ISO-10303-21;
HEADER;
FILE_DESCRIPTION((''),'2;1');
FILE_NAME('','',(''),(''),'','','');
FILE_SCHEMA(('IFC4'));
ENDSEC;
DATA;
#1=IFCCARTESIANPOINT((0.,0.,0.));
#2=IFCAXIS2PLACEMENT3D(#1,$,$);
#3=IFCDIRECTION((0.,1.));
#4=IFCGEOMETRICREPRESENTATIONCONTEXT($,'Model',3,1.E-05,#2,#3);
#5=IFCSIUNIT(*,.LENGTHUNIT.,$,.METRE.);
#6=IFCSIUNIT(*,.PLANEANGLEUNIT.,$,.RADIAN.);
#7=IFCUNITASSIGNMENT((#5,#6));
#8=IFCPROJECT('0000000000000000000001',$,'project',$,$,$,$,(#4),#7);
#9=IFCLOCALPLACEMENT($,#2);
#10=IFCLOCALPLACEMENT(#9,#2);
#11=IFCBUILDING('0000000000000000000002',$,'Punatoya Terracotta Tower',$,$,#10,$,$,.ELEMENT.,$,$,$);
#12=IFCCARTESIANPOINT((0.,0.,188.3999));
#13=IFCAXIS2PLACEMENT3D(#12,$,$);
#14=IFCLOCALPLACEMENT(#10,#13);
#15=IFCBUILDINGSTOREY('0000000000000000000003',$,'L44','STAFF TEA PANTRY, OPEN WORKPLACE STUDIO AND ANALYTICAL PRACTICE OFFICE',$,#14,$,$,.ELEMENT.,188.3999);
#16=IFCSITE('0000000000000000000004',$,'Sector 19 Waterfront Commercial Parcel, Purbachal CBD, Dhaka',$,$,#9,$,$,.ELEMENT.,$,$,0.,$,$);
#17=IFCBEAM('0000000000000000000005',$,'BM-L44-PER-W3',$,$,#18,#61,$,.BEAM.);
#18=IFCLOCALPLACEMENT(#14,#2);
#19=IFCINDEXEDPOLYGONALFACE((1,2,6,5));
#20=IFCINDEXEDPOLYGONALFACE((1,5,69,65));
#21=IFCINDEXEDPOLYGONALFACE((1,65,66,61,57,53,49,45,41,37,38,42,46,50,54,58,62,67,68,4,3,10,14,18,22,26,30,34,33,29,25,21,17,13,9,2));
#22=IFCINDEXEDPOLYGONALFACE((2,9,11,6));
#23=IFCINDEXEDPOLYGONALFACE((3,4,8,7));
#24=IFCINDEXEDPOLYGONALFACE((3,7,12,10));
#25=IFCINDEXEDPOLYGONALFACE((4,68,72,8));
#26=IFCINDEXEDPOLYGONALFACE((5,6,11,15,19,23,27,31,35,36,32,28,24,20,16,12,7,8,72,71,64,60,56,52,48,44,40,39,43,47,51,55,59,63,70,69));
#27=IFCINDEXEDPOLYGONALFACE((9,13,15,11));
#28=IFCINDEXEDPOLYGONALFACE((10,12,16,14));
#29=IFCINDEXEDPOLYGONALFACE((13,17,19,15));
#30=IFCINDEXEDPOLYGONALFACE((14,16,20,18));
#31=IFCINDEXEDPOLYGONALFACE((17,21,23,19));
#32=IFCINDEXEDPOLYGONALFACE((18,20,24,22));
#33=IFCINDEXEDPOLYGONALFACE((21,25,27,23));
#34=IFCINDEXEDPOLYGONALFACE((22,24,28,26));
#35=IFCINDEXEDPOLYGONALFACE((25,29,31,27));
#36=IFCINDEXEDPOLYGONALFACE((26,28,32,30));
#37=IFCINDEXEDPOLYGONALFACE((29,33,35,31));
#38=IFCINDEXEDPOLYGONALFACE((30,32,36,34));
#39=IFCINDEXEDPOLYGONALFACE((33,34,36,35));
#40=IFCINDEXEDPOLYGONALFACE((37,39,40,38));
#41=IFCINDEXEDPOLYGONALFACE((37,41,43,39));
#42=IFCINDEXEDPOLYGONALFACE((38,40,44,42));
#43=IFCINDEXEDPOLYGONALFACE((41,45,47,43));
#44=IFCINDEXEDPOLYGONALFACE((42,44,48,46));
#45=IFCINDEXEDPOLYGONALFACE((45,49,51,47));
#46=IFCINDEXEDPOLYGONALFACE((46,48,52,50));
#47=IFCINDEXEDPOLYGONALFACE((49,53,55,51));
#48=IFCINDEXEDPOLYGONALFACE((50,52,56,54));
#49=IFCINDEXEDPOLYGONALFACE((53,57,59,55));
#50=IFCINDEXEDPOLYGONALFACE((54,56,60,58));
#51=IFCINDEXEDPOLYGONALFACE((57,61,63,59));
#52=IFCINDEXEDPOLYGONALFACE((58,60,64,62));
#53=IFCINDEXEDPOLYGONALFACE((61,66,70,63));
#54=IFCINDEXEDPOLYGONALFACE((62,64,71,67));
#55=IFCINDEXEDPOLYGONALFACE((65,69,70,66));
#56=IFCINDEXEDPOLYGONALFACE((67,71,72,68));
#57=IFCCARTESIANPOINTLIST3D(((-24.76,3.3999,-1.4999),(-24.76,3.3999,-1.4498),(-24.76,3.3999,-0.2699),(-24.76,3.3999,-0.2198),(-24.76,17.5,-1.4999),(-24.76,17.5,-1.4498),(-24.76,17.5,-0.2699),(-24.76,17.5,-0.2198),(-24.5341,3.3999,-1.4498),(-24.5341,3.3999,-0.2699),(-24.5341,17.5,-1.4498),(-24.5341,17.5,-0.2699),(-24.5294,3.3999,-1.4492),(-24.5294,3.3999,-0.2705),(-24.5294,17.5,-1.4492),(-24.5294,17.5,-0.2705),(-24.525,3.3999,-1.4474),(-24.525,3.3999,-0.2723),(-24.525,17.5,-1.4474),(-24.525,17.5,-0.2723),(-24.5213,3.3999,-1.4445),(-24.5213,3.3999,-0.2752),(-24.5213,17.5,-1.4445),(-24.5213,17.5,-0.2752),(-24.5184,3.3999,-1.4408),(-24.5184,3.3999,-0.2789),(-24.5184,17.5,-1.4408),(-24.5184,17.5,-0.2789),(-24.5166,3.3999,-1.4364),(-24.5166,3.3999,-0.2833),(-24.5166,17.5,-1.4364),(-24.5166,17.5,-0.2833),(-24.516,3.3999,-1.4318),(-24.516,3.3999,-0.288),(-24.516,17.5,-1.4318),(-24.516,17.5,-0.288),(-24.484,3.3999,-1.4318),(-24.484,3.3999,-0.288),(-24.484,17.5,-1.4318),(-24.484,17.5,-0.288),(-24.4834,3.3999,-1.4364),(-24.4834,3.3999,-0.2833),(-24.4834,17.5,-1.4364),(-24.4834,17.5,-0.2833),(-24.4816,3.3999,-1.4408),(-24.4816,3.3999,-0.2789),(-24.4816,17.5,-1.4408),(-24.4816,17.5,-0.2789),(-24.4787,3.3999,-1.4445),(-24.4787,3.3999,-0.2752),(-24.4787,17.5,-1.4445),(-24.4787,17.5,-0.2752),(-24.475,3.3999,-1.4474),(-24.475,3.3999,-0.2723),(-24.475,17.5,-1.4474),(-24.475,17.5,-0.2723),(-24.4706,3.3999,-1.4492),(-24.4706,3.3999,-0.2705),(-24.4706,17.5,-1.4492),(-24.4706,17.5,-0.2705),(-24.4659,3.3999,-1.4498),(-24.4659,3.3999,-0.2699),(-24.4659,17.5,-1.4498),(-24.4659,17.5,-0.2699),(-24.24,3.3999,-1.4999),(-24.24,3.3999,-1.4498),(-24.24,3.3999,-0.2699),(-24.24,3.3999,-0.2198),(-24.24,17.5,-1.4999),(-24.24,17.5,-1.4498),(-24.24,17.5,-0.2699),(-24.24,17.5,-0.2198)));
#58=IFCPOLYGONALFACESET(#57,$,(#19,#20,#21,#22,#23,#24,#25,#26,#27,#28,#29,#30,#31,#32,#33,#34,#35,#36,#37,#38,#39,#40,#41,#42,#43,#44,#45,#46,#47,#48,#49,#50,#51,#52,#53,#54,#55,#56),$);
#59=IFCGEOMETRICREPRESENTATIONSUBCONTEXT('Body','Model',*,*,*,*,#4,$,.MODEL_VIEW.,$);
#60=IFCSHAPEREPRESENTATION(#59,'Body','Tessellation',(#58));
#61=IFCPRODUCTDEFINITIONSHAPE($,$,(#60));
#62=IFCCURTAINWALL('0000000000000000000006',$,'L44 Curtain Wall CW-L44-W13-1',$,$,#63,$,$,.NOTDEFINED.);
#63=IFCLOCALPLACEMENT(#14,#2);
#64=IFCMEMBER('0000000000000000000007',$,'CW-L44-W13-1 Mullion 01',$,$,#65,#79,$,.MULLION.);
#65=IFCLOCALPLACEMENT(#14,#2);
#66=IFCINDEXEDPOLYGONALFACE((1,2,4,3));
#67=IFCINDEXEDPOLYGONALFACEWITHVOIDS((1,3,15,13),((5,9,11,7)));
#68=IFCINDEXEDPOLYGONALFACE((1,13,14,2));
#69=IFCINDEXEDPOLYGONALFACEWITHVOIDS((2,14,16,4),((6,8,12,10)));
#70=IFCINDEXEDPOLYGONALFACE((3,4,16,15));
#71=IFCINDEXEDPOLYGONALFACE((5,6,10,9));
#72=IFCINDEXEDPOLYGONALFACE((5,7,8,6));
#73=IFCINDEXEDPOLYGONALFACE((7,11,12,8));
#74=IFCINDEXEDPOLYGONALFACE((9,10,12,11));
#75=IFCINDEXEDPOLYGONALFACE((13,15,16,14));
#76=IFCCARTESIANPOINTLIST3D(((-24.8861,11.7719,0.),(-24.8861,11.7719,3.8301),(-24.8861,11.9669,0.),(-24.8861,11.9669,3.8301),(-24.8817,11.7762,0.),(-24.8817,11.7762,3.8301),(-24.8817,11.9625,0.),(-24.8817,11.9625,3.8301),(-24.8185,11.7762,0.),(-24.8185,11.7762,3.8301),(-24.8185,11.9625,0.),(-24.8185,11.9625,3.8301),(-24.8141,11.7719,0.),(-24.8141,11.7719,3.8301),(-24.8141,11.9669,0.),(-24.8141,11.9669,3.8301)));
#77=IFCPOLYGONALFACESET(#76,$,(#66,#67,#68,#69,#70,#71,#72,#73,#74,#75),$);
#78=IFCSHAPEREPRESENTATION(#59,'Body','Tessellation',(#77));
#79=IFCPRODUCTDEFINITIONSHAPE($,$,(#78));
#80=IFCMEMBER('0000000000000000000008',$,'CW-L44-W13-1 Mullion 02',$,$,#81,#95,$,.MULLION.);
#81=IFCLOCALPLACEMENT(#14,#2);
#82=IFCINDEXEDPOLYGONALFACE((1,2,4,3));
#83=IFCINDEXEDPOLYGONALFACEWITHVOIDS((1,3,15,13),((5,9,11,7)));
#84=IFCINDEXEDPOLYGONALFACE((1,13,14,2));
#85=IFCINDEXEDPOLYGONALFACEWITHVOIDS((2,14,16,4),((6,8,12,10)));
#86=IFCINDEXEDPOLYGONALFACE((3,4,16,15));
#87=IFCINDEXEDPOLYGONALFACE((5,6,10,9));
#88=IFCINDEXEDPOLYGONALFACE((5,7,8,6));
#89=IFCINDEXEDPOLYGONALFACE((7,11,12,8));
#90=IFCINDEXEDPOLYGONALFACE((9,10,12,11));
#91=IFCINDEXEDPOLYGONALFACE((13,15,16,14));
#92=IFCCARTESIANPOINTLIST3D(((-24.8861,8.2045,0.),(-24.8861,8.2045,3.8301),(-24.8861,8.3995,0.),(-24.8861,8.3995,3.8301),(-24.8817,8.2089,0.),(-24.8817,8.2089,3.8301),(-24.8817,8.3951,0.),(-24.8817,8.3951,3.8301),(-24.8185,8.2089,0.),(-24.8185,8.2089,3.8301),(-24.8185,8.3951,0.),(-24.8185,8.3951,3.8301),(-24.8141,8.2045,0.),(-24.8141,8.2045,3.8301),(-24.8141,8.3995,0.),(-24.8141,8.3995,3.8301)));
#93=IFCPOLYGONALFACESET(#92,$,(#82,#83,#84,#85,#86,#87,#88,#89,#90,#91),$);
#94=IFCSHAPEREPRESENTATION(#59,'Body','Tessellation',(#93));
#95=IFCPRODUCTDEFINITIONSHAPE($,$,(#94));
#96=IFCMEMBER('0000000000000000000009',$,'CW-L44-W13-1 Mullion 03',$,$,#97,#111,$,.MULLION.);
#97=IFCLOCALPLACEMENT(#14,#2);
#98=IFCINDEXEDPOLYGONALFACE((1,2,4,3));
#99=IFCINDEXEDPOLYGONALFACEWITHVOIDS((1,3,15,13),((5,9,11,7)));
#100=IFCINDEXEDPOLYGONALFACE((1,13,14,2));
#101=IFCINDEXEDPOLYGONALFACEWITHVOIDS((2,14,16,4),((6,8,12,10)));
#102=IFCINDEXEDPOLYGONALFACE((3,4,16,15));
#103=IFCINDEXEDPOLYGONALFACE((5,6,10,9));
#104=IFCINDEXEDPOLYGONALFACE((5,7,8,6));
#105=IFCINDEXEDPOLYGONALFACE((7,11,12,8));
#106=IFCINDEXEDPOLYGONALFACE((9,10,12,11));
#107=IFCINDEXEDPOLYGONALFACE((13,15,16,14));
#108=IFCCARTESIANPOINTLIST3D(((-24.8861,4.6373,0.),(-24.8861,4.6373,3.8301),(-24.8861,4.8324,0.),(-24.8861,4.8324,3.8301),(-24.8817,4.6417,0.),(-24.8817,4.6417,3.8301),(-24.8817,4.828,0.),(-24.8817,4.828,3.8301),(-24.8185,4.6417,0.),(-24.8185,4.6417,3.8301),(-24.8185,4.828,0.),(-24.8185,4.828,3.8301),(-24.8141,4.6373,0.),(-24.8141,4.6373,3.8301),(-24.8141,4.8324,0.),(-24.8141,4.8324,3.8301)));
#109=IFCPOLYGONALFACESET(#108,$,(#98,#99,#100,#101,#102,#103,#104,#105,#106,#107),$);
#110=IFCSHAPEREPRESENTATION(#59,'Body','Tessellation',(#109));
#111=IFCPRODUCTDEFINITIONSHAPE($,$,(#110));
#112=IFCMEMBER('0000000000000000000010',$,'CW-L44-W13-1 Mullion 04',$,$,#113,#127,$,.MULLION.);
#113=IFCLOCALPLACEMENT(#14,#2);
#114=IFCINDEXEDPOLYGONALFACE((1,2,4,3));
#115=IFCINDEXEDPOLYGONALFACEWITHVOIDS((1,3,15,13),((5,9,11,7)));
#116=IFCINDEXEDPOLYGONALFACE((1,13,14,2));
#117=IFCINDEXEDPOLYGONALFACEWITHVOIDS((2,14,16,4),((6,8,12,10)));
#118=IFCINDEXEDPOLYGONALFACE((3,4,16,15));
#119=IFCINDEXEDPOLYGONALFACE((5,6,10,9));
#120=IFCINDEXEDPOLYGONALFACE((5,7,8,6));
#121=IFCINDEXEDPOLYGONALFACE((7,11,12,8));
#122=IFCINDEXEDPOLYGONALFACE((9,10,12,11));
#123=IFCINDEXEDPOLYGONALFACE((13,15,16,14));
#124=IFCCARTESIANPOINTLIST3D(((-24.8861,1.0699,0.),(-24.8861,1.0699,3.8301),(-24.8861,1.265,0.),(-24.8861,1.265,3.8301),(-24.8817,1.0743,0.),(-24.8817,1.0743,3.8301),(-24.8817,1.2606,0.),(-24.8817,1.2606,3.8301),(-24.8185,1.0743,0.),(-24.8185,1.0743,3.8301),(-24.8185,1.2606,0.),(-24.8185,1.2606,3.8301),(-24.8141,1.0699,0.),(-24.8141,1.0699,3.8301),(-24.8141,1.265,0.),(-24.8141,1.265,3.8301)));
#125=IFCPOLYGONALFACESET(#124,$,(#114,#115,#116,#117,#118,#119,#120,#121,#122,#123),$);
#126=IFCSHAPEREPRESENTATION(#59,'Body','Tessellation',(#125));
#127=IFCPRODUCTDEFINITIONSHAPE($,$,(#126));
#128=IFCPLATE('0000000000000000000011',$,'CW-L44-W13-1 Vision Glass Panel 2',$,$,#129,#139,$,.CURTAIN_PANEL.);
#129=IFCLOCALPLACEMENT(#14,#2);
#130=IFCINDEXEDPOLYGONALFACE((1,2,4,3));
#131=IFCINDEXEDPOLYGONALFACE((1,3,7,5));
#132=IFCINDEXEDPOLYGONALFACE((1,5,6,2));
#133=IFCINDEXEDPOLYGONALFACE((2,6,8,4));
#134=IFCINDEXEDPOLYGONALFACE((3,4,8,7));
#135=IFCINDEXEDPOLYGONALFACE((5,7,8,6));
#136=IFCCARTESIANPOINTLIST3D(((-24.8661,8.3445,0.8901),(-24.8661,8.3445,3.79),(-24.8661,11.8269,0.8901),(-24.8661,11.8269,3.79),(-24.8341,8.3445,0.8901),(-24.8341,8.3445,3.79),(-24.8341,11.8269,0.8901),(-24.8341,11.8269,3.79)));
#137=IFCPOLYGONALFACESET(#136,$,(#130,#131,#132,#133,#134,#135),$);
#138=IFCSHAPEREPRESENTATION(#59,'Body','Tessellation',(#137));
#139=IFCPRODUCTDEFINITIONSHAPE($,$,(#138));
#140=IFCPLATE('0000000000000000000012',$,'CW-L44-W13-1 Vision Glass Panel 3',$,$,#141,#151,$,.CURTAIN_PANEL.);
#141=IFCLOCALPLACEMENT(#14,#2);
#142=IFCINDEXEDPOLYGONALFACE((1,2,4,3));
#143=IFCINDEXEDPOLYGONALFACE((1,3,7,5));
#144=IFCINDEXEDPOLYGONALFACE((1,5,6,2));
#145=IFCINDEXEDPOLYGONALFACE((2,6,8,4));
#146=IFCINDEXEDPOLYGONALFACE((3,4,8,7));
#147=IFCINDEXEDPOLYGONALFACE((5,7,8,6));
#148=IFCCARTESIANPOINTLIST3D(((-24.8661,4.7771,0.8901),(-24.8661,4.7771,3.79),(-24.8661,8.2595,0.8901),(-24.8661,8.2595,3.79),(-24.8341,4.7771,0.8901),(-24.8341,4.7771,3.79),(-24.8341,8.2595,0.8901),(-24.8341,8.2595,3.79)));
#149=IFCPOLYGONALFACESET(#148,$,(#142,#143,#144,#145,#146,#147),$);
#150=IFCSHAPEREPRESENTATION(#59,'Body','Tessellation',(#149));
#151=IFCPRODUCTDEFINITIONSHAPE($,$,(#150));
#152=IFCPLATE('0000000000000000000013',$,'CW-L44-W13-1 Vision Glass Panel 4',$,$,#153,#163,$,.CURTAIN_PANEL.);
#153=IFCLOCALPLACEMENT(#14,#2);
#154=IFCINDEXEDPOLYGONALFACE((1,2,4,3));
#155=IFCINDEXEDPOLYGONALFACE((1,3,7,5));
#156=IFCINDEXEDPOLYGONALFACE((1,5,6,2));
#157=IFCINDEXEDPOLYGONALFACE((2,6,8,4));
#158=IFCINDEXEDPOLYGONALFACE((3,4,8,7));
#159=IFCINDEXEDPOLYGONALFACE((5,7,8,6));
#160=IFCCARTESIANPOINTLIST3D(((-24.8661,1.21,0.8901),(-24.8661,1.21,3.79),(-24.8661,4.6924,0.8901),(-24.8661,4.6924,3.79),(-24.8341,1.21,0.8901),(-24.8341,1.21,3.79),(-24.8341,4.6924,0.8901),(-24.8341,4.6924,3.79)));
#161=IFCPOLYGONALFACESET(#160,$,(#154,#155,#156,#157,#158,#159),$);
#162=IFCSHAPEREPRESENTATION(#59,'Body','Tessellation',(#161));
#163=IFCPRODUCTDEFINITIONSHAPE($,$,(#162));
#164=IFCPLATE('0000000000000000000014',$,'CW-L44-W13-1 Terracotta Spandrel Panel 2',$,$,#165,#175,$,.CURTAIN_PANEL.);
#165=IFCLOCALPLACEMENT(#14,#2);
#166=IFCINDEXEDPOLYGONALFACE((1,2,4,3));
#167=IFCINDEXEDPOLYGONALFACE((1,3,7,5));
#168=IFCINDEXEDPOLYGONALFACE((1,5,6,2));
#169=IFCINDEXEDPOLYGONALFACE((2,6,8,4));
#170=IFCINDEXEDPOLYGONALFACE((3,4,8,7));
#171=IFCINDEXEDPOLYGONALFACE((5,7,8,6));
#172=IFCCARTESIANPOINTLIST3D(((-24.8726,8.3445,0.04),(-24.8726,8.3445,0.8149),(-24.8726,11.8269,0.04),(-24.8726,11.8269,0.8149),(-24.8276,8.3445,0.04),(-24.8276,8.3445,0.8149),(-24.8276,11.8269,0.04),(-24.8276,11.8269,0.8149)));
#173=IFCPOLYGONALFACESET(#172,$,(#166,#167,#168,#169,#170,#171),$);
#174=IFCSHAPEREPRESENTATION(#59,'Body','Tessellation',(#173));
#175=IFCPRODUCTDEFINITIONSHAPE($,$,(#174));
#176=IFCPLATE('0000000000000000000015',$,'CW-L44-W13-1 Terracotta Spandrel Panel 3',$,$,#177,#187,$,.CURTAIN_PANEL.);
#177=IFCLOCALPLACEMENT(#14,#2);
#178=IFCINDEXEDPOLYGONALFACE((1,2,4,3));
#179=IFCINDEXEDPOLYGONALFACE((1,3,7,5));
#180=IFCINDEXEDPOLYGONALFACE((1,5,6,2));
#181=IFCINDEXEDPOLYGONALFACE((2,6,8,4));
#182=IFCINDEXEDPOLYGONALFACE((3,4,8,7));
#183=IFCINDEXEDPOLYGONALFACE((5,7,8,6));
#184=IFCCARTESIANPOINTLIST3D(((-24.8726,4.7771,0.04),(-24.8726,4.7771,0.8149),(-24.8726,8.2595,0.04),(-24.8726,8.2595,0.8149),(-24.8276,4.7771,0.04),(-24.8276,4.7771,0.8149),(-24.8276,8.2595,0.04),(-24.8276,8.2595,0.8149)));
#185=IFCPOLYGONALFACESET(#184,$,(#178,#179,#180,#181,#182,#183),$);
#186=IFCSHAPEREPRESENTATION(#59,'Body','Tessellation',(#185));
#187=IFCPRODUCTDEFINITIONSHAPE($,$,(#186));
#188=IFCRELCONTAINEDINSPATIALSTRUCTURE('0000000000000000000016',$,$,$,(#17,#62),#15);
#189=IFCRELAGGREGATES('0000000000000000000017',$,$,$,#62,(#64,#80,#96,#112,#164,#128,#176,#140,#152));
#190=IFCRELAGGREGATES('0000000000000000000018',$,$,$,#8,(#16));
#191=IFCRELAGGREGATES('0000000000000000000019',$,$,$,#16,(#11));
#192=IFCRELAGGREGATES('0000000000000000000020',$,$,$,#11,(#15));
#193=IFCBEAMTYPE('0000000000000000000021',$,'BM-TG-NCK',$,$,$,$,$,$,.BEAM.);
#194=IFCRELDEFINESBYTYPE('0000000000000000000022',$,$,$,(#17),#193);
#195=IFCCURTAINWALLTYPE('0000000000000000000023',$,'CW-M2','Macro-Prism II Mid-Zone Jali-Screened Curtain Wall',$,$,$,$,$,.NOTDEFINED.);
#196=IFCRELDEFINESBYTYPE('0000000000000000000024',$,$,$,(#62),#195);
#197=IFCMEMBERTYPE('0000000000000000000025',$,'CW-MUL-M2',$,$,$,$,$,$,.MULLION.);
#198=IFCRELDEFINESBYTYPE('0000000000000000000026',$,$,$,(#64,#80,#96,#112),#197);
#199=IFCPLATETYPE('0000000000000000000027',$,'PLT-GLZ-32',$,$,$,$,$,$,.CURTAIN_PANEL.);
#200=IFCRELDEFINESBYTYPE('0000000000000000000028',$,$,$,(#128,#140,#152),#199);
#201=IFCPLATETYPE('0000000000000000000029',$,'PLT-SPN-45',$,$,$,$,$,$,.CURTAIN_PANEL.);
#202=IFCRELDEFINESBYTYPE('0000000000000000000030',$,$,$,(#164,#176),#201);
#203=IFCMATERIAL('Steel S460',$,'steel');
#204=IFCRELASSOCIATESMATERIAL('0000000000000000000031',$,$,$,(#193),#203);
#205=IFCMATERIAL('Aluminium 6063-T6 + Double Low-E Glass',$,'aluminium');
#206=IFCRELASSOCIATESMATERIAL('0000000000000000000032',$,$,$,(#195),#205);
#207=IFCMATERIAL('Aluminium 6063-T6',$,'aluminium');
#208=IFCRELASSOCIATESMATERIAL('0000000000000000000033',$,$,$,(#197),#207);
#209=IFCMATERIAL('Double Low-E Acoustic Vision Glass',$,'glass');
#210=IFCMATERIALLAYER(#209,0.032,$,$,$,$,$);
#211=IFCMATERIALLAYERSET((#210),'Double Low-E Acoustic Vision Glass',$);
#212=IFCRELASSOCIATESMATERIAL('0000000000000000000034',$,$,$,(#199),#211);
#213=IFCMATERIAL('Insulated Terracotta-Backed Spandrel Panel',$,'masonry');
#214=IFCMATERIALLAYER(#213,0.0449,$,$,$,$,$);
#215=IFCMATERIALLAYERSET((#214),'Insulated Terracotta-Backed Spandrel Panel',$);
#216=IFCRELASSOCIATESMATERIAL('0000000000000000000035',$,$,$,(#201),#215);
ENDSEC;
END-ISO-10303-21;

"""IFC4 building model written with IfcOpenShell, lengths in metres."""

from ifc_helpers import new_model, si_unit, direction, frame, origin, origin_2d, place, context, subcontext, project, spatial, rectangle, hollow_rectangle, i_section, extrude, material, layer, layer_set, material_profile, profile_set, type_object, element, aggregate, save


model = new_model("IFC4")

# Units and contexts
model_context = context("Model", 3, precision=1e-05, world=origin(), true_north=direction((0.0, 1.0)))
body_context = subcontext(model_context, "Body", "Model", "MODEL_VIEW")
ifc_project = project(units=[si_unit("LENGTHUNIT", "METRE"), si_unit("PLANEANGLEUNIT", "RADIAN")], contexts=[model_context])

# Site, building, storey
site_placement = place(None, origin())
site = spatial("IfcSite", under=ifc_project, at=site_placement, Name="Sector 19 Waterfront Commercial Parcel, Purbachal CBD, Dhaka", CompositionType="ELEMENT", RefElevation=0.0)
building_placement = place(site_placement, origin())
building = spatial("IfcBuilding", under=site, at=building_placement, Name="Punatoya Terracotta Tower", CompositionType="ELEMENT")
storey_placement = place(building_placement, frame((0.0, 0.0, 188.3999)))
storey = spatial("IfcBuildingStorey", under=building, at=storey_placement, Name="L44", Description="STAFF TEA PANTRY, OPEN WORKPLACE STUDIO AND ANALYTICAL PRACTICE OFFICE", CompositionType="ELEMENT", Elevation=188.3999)

# Shared definitions
ifc_material_1 = material(Name="Steel S460", Category="steel")

# Beam
ifc_material_profile_1 = material_profile(ifc_material_1, i_section(OverallWidth=0.52, OverallDepth=1.28, WebThickness=0.032, FlangeThickness=0.05, FilletRadius=0.0181, at=origin_2d()))
ifc_profile_set_1 = profile_set([ifc_material_profile_1], Name="Steel S460")
beam_type_1 = type_object("IfcBeamType", Name="BM-TG-NCK", PredefinedType="BEAM", material=ifc_profile_set_1)
beam_1_placement = place(storey_placement, frame((-24.5, 3.3999, -0.8599), z_axis=(0.0, 1.0, 0.0), x_axis=(-1.0, 0.0, 0.0)))
element("IfcBeam", 1, at=beam_1_placement, inside=storey, type_object=beam_type_1, Name="BM-L44-PER-W3", PredefinedType="BEAM", context=body_context, shape_type="SweptSolid", body=[
    extrude(i_section(OverallWidth=0.52, OverallDepth=1.28, WebThickness=0.032, FlangeThickness=0.05, FilletRadius=0.0181, at=origin_2d()), origin(), (0.0, 0.0, 1.0), 14.1001),
])

# Curtain wall, members, plates
ifc_material_2 = material(Name="Aluminium 6063-T6 + Double Low-E Glass", Category="aluminium")
curtain_wall_type = type_object("IfcCurtainWallType", Name="CW-M2", Description="Macro-Prism II Mid-Zone Jali-Screened Curtain Wall", PredefinedType="NOTDEFINED", material=ifc_material_2)
curtain_wall_placement = place(storey_placement, origin())
curtain_wall = element("IfcCurtainWall", 2, at=curtain_wall_placement, inside=storey, type_object=curtain_wall_type, Name="L44 Curtain Wall CW-L44-W13-1", PredefinedType="NOTDEFINED")
ifc_material_3 = material(Name="Aluminium 6063-T6", Category="aluminium")
ifc_material_profile_2 = material_profile(ifc_material_3, hollow_rectangle(XDim=0.072, YDim=0.1951, WallThickness=0.0044, at=origin_2d()))
ifc_profile_set_2 = profile_set([ifc_material_profile_2], Name="Aluminium 6063-T6")
member_type = type_object("IfcMemberType", Name="CW-MUL-M2", PredefinedType="MULLION", material=ifc_profile_set_2)
member_1_placement = place(storey_placement, frame((-24.8501, 11.8694, 0.0), z_axis=(0.0, 0.0, 1.0), x_axis=(1.0, 0.0, 0.0)))
member_1 = element("IfcMember", 3, at=member_1_placement, type_object=member_type, Name="CW-L44-W13-1 Mullion 01", PredefinedType="MULLION", context=body_context, shape_type="SweptSolid", body=[
    extrude(hollow_rectangle(XDim=0.072, YDim=0.1951, WallThickness=0.0044, at=origin_2d()), origin(), (0.0, 0.0, 1.0), 3.8301),
])
member_2_placement = place(storey_placement, frame((-24.8501, 8.302, 0.0), z_axis=(0.0, 0.0, 1.0), x_axis=(1.0, 0.0, 0.0)))
member_2 = element("IfcMember", 4, at=member_2_placement, type_object=member_type, Name="CW-L44-W13-1 Mullion 02", PredefinedType="MULLION", context=body_context, shape_type="SweptSolid", body=[
    extrude(hollow_rectangle(XDim=0.072, YDim=0.1951, WallThickness=0.0044, at=origin_2d()), origin(), (0.0, 0.0, 1.0), 3.8301),
])
member_3_placement = place(storey_placement, frame((-24.8501, 4.7349, 0.0), z_axis=(0.0, 0.0, 1.0), x_axis=(1.0, 0.0, 0.0)))
member_3 = element("IfcMember", 5, at=member_3_placement, type_object=member_type, Name="CW-L44-W13-1 Mullion 03", PredefinedType="MULLION", context=body_context, shape_type="SweptSolid", body=[
    extrude(hollow_rectangle(XDim=0.072, YDim=0.1951, WallThickness=0.0044, at=origin_2d()), origin(), (0.0, 0.0, 1.0), 3.8301),
])
member_4_placement = place(storey_placement, frame((-24.8501, 1.1675, 0.0), z_axis=(0.0, 0.0, 1.0), x_axis=(1.0, 0.0, 0.0)))
member_4 = element("IfcMember", 6, at=member_4_placement, type_object=member_type, Name="CW-L44-W13-1 Mullion 04", PredefinedType="MULLION", context=body_context, shape_type="SweptSolid", body=[
    extrude(hollow_rectangle(XDim=0.072, YDim=0.1951, WallThickness=0.0044, at=origin_2d()), origin(), (0.0, 0.0, 1.0), 3.8301),
])
ifc_material_4 = material(Name="Double Low-E Acoustic Vision Glass", Category="glass")
ifc_layer_1 = layer(ifc_material_4, 0.032)
ifc_layer_set_1 = layer_set([ifc_layer_1], Name="Double Low-E Acoustic Vision Glass")
plate_type_1 = type_object("IfcPlateType", Name="PLT-GLZ-32", PredefinedType="CURTAIN_PANEL", material=ifc_layer_set_1)
plate_1_placement = place(storey_placement, frame((-24.8501, 10.0857, 0.8901), z_axis=(0.0, 0.0, 1.0), x_axis=(0.0, -1.0, 0.0)))
plate_1 = element("IfcPlate", 7, at=plate_1_placement, type_object=plate_type_1, Name="CW-L44-W13-1 Vision Glass Panel 2", PredefinedType="CURTAIN_PANEL", context=body_context, shape_type="SweptSolid", body=[
    extrude(rectangle(XDim=3.4824, YDim=0.032, at=origin_2d()), origin(), (0.0, 0.0, 1.0), 2.8999),
])
plate_2_placement = place(storey_placement, frame((-24.8501, 6.5183, 0.8901), z_axis=(0.0, 0.0, 1.0), x_axis=(0.0, -1.0, 0.0)))
plate_2 = element("IfcPlate", 8, at=plate_2_placement, type_object=plate_type_1, Name="CW-L44-W13-1 Vision Glass Panel 3", PredefinedType="CURTAIN_PANEL", context=body_context, shape_type="SweptSolid", body=[
    extrude(rectangle(XDim=3.4824, YDim=0.032, at=origin_2d()), origin(), (0.0, 0.0, 1.0), 2.8999),
])
plate_3_placement = place(storey_placement, frame((-24.8501, 2.9512, 0.8901), z_axis=(0.0, 0.0, 1.0), x_axis=(0.0, -1.0, 0.0)))
plate_3 = element("IfcPlate", 9, at=plate_3_placement, type_object=plate_type_1, Name="CW-L44-W13-1 Vision Glass Panel 4", PredefinedType="CURTAIN_PANEL", context=body_context, shape_type="SweptSolid", body=[
    extrude(rectangle(XDim=3.4824, YDim=0.032, at=origin_2d()), origin(), (0.0, 0.0, 1.0), 2.8999),
])
ifc_material_5 = material(Name="Insulated Terracotta-Backed Spandrel Panel", Category="masonry")
ifc_layer_2 = layer(ifc_material_5, 0.0449)
ifc_layer_set_2 = layer_set([ifc_layer_2], Name="Insulated Terracotta-Backed Spandrel Panel")
plate_type_2 = type_object("IfcPlateType", Name="PLT-SPN-45", PredefinedType="CURTAIN_PANEL", material=ifc_layer_set_2)
plate_4_placement = place(storey_placement, frame((-24.8501, 10.0857, 0.04), z_axis=(0.0, 0.0, 1.0), x_axis=(0.0, -1.0, 0.0)))
plate_4 = element("IfcPlate", 10, at=plate_4_placement, type_object=plate_type_2, Name="CW-L44-W13-1 Terracotta Spandrel Panel 2", PredefinedType="CURTAIN_PANEL", context=body_context, shape_type="SweptSolid", body=[
    extrude(rectangle(XDim=3.4824, YDim=0.0449, at=origin_2d()), origin(), (0.0, 0.0, 1.0), 0.7749),
])
plate_5_placement = place(storey_placement, frame((-24.8501, 6.5183, 0.04), z_axis=(0.0, 0.0, 1.0), x_axis=(0.0, -1.0, 0.0)))
plate_5 = element("IfcPlate", 11, at=plate_5_placement, type_object=plate_type_2, Name="CW-L44-W13-1 Terracotta Spandrel Panel 3", PredefinedType="CURTAIN_PANEL", context=body_context, shape_type="SweptSolid", body=[
    extrude(rectangle(XDim=3.4824, YDim=0.0449, at=origin_2d()), origin(), (0.0, 0.0, 1.0), 0.7749),
])
aggregate(curtain_wall, [member_1, member_2, member_3, member_4, plate_4, plate_1, plate_5, plate_2, plate_3])

save(model, "model.ifc")
